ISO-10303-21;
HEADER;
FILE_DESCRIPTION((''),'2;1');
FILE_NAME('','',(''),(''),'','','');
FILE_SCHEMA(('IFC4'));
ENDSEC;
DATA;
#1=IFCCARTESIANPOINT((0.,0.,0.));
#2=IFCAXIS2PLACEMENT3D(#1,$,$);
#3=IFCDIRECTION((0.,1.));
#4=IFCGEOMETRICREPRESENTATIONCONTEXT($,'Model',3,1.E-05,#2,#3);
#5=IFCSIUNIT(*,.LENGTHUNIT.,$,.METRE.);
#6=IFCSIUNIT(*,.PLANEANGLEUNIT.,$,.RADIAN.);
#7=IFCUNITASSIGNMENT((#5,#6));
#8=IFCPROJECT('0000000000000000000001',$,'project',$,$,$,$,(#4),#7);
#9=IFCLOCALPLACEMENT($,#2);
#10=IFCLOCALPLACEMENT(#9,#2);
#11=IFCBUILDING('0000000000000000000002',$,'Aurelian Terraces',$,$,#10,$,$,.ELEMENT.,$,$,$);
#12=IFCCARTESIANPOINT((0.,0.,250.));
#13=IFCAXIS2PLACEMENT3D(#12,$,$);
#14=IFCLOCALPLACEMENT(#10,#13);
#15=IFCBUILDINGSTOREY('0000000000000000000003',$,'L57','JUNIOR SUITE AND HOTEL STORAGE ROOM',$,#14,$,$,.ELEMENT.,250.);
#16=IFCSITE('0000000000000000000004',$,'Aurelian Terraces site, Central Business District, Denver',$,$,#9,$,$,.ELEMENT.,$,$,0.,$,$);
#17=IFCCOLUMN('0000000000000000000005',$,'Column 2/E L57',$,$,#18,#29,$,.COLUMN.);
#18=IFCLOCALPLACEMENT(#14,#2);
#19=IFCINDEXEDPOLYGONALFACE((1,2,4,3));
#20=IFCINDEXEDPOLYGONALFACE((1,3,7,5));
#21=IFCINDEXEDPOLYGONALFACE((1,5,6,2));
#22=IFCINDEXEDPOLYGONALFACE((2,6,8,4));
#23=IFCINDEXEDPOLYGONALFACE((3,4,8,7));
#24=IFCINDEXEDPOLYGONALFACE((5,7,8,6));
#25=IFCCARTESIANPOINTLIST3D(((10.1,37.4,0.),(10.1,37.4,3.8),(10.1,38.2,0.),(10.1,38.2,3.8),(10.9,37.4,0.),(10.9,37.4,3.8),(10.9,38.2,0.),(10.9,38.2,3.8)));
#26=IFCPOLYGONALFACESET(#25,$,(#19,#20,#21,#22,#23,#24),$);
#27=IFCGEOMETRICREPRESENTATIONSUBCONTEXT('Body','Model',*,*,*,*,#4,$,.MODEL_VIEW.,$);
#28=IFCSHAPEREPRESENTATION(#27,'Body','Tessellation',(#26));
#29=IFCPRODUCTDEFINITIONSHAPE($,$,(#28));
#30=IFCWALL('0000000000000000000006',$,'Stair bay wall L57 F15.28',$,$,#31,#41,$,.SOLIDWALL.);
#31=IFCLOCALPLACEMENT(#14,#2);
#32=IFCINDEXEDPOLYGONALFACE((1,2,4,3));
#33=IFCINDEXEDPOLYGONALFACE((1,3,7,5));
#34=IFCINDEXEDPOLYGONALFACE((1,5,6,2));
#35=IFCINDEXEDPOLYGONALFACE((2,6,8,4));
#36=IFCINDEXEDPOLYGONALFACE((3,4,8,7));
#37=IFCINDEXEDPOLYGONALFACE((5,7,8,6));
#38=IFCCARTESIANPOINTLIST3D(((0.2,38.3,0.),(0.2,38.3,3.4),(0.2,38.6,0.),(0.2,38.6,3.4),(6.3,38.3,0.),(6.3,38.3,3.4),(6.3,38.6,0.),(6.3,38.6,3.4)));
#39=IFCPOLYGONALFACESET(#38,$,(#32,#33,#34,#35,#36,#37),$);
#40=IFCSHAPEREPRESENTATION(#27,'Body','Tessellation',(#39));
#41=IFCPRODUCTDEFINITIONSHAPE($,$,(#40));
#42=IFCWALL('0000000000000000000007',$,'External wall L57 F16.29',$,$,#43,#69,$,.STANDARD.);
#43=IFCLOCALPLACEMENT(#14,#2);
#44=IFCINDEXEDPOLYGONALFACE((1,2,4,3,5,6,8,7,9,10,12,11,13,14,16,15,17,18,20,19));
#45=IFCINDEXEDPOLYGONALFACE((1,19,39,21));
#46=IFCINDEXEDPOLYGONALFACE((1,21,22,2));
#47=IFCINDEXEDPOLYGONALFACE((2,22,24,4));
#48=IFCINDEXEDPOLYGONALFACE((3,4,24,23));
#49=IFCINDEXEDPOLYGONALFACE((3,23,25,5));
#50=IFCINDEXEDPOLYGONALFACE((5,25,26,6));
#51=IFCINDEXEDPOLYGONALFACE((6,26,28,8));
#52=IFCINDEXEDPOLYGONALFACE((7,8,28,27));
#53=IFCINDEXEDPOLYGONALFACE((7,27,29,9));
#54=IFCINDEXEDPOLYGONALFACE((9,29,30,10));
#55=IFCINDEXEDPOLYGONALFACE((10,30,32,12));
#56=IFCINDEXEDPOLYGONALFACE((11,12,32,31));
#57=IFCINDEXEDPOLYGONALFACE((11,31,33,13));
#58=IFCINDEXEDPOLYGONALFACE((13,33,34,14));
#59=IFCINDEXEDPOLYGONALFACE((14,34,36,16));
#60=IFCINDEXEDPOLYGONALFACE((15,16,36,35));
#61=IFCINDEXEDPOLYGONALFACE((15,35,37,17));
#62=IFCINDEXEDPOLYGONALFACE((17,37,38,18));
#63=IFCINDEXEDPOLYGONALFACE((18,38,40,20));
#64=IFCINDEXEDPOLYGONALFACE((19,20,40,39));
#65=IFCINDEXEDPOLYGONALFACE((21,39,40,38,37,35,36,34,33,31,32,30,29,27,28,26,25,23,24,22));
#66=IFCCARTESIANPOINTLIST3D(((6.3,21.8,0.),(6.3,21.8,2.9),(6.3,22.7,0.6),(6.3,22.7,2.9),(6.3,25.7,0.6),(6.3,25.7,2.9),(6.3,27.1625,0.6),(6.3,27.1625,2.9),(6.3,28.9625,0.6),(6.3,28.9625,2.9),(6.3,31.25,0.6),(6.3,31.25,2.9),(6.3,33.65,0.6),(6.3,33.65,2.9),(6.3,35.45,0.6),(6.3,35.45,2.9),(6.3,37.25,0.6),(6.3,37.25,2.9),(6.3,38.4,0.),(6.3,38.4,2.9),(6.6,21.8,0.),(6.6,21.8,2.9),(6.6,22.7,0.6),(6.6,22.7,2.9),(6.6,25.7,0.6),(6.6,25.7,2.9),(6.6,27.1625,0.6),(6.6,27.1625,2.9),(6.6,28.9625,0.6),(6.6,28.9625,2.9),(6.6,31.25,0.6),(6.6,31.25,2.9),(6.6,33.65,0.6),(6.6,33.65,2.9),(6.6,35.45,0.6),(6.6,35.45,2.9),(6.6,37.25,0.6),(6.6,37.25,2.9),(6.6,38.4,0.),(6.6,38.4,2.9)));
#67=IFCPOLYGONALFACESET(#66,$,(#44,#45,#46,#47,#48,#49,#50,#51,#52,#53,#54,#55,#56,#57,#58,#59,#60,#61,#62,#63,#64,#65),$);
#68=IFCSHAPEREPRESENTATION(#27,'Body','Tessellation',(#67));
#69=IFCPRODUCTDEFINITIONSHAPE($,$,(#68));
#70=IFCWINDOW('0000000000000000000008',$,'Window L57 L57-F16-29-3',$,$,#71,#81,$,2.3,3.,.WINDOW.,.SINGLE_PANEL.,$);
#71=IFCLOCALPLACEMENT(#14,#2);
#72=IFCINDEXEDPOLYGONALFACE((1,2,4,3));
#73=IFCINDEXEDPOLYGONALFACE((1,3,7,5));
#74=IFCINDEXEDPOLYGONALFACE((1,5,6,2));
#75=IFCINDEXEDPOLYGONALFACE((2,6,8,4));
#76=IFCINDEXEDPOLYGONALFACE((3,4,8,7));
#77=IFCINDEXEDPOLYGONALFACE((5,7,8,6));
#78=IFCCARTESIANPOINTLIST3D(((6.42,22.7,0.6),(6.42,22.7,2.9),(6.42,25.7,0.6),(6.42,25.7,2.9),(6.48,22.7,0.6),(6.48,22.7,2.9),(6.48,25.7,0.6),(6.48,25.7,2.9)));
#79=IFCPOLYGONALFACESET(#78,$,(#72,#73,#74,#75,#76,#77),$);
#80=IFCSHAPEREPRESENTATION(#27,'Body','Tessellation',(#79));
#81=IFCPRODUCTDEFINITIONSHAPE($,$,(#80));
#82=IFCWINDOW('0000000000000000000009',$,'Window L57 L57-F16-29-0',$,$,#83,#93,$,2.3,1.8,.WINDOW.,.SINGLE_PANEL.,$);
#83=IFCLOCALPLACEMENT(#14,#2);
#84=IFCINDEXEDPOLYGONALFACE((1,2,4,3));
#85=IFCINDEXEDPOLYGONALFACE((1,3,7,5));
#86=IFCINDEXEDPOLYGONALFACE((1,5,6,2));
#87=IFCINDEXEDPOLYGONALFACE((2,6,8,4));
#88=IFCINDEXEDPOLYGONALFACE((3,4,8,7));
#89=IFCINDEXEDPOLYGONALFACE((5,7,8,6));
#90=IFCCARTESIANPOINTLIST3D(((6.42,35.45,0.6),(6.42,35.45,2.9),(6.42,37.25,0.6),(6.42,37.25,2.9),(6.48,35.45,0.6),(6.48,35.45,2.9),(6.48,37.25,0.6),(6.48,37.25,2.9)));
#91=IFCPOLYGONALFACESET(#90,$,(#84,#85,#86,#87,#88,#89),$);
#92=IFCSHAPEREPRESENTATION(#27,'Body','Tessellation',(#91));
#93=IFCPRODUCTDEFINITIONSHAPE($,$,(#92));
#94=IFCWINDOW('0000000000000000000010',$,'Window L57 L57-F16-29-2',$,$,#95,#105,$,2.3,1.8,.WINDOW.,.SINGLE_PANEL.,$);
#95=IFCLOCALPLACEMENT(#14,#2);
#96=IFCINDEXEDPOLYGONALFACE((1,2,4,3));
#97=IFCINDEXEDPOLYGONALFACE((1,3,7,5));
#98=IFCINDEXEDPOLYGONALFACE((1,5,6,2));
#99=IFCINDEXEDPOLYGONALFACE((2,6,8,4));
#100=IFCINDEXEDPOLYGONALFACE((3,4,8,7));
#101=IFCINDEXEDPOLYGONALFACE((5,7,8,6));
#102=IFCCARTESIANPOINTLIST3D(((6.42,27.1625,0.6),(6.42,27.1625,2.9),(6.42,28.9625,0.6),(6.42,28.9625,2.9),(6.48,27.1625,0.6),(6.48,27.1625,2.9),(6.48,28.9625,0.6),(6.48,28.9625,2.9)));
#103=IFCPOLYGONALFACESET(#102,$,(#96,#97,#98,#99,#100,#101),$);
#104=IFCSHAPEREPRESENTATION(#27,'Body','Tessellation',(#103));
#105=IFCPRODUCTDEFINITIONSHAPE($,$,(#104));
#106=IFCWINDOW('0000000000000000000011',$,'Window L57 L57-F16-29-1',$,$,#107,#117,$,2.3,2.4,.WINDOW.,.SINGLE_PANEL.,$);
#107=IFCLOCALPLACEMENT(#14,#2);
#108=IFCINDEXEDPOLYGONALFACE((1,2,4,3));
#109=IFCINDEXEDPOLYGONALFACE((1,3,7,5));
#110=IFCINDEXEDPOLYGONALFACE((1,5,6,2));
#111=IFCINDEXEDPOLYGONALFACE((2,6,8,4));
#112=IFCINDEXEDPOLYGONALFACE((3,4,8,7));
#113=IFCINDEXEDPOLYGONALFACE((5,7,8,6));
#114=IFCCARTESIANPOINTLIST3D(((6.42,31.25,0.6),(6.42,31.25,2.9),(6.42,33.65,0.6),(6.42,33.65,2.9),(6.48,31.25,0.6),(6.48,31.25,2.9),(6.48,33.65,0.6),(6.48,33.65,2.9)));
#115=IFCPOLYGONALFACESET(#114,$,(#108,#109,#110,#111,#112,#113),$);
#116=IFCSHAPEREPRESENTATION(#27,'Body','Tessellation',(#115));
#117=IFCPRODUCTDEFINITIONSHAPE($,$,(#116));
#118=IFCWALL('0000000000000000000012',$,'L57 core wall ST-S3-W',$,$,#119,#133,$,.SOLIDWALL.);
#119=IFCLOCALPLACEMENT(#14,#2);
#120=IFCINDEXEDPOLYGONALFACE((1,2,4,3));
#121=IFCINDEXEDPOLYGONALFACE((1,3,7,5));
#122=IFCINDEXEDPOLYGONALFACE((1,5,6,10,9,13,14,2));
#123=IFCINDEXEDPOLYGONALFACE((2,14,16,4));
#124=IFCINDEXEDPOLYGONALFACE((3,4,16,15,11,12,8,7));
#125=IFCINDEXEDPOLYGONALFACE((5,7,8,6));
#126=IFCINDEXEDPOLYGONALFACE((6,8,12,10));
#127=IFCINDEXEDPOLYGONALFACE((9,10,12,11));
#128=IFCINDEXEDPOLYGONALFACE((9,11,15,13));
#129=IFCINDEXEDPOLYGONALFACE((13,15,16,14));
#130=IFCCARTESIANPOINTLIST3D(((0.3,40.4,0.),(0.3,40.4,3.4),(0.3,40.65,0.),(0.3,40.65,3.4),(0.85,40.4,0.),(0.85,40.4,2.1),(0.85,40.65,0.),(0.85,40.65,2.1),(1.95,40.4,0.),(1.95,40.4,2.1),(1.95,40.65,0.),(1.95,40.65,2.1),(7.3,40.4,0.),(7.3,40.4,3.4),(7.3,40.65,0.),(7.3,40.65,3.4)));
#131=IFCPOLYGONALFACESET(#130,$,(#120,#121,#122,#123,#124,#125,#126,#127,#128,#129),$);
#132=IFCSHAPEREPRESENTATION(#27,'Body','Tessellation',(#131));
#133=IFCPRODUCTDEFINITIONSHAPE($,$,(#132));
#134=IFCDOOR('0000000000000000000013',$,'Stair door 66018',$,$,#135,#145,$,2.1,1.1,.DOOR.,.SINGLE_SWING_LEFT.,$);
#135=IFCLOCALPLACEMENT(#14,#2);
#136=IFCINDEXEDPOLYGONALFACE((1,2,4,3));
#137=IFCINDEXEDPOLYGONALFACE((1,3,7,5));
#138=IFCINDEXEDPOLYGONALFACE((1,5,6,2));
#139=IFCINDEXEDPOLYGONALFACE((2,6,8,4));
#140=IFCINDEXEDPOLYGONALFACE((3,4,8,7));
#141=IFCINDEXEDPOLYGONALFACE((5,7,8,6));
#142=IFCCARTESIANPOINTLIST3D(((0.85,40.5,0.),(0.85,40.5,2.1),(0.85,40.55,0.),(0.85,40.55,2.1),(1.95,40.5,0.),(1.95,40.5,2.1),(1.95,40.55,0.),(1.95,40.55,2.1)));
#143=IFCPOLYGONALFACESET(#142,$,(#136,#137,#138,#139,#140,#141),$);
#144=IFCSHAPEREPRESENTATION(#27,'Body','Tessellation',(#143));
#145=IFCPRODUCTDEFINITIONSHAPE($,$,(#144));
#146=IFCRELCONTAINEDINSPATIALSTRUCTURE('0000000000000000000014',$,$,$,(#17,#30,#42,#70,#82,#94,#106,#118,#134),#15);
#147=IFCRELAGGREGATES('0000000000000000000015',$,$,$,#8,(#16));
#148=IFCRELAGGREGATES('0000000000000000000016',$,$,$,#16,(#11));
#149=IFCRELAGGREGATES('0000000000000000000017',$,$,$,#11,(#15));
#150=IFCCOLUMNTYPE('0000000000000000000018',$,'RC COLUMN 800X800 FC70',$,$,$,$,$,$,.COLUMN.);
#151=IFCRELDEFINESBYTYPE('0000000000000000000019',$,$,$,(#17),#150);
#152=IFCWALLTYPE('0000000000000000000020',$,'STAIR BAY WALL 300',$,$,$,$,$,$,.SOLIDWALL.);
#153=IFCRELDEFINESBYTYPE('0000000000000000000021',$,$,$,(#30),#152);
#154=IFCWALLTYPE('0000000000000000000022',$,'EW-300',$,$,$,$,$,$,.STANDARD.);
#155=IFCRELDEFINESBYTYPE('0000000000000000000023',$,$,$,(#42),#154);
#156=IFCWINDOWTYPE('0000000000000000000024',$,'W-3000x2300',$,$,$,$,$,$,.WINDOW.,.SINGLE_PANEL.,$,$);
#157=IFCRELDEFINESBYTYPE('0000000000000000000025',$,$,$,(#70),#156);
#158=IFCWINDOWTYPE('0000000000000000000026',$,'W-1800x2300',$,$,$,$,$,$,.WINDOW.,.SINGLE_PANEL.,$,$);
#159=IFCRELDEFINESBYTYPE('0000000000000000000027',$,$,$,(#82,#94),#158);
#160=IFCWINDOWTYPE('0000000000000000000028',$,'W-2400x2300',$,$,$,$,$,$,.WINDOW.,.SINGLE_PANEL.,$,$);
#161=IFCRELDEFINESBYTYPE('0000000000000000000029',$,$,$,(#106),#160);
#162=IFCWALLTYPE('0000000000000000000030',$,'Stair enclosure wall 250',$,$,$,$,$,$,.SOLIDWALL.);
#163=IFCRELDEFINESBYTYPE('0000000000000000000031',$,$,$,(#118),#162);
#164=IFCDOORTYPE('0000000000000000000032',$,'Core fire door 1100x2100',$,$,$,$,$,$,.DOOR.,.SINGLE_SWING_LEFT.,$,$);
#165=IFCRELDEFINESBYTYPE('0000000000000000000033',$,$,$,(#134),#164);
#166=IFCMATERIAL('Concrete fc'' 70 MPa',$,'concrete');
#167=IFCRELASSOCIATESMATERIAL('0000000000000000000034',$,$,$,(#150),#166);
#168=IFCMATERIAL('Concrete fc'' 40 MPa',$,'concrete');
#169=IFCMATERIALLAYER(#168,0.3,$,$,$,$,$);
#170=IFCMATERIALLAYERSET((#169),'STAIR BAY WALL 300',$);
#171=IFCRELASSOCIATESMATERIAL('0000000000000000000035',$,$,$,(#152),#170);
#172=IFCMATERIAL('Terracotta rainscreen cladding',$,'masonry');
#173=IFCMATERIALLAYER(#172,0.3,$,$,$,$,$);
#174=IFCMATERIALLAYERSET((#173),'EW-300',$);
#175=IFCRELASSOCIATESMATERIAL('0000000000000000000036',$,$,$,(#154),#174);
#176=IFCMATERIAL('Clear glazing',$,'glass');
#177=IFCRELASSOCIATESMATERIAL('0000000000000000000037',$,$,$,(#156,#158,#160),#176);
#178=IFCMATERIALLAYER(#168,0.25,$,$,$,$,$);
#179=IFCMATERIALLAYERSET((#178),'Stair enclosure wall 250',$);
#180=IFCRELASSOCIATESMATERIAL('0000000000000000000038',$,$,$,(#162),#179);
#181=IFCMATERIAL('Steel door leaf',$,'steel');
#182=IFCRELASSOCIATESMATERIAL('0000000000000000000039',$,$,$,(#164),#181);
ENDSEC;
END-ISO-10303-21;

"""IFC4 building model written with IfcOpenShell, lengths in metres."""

from ifc_helpers import new_model, si_unit, direction, frame, frame_2d, origin, origin_2d, place, context, subcontext, project, spatial, rectangle, extrude, source, transform, mapped, material, layer, layer_set, material_profile, profile_set, type_object, element, fill, save


model = new_model("IFC4")

# Units and contexts
model_context = context("Model", 3, precision=1e-05, world=origin(), true_north=direction((0.0, 1.0)))
body_context = subcontext(model_context, "Body", "Model", "MODEL_VIEW")
ifc_project = project(units=[si_unit("LENGTHUNIT", "METRE"), si_unit("PLANEANGLEUNIT", "RADIAN")], contexts=[model_context])

# Site, building, storey
site_placement = place(None, origin())
site = spatial("IfcSite", under=ifc_project, at=site_placement, Name="Aurelian Terraces site, Central Business District, Denver", CompositionType="ELEMENT", RefElevation=0.0)
building_placement = place(site_placement, origin())
building = spatial("IfcBuilding", under=site, at=building_placement, Name="Aurelian Terraces", CompositionType="ELEMENT")
storey_placement = place(building_placement, frame((0.0, 0.0, 250.0)))
storey = spatial("IfcBuildingStorey", under=building, at=storey_placement, Name="L57", Description="JUNIOR SUITE AND HOTEL STORAGE ROOM", CompositionType="ELEMENT", Elevation=250.0)

# Column
ifc_material_1 = material(Name="Concrete fc' 70 MPa", Category="concrete")
ifc_material_profile = material_profile(ifc_material_1, rectangle(XDim=0.8, YDim=0.8, at=origin_2d()))
ifc_profile_set = profile_set([ifc_material_profile], Name="Concrete fc' 70 MPa")
column_type = type_object("IfcColumnType", Name="RC COLUMN 800X800 FC70", PredefinedType="COLUMN", material=ifc_profile_set)
shared_shape_1 = source(origin(), body_context, "Body", "SweptSolid", [
    extrude(rectangle(XDim=0.8, YDim=0.8, at=origin_2d()), origin(), (0.0, 0.0, 1.0), 3.8),
])
column_placement = place(storey_placement, frame((10.5, 37.8, 0.0), z_axis=(0.0, 0.0, 1.0), x_axis=(1.0, 0.0, 0.0)))
element("IfcColumn", 1, at=column_placement, inside=storey, type_object=column_type, Name="Column 2/E L57", PredefinedType="COLUMN", context=body_context, shape_type="MappedRepresentation", body=[
    mapped(shared_shape_1, transform((0.0, 0.0, 0.0), scale=1.0)),
])

# Wall
ifc_material_2 = material(Name="Concrete fc' 40 MPa", Category="concrete")
ifc_layer_1 = layer(ifc_material_2, 0.3)
ifc_layer_set_1 = layer_set([ifc_layer_1], Name="STAIR BAY WALL 300")
wall_type_1 = type_object("IfcWallType", Name="STAIR BAY WALL 300", PredefinedType="SOLIDWALL", material=ifc_layer_set_1)
shared_shape_2 = source(origin(), body_context, "Body", "SweptSolid", [
    extrude(rectangle(XDim=6.1, YDim=0.3, at=frame_2d((3.05, 0.0))), origin(), (0.0, 0.0, 1.0), 3.4),
])
wall_1_placement = place(storey_placement, frame((0.2, 38.45, 0.0), z_axis=(0.0, 0.0, 1.0), x_axis=(1.0, 0.0, 0.0)))
element("IfcWall", 2, at=wall_1_placement, inside=storey, type_object=wall_type_1, Name="Stair bay wall L57 F15.28", PredefinedType="SOLIDWALL", context=body_context, shape_type="MappedRepresentation", body=[
    mapped(shared_shape_2, transform((0.0, 0.0, 0.0), scale=1.0)),
])

# Wall, openings, windows
ifc_material_3 = material(Name="Terracotta rainscreen cladding", Category="masonry")
ifc_layer_2 = layer(ifc_material_3, 0.3)
ifc_layer_set_2 = layer_set([ifc_layer_2], Name="EW-300")
wall_type_2 = type_object("IfcWallType", Name="EW-300", PredefinedType="STANDARD", material=ifc_layer_set_2)
shared_shape_3 = source(origin(), body_context, "Body", "SweptSolid", [
    extrude(rectangle(XDim=16.6, YDim=0.3, at=frame_2d((8.3, 0.0))), origin(), (0.0, 0.0, 1.0), 2.9),
])
wall_2_placement = place(storey_placement, frame((6.45, 38.4, 0.0), z_axis=(0.0, 0.0, 1.0), x_axis=(0.0, -1.0, 0.0)))
wall_2 = element("IfcWall", 3, at=wall_2_placement, inside=storey, type_object=wall_type_2, Name="External wall L57 F16.29", PredefinedType="STANDARD", context=body_context, shape_type="MappedRepresentation", body=[
    mapped(shared_shape_3, transform((0.0, 0.0, 0.0), scale=1.0)),
])
shared_shape_4 = source(origin(), body_context, "Body", "SweptSolid", [
    extrude(rectangle(XDim=1.8, YDim=2.3, at=frame_2d((0.9, 1.15))), frame((0.0, 0.16, 0.0), z_axis=(0.0, -1.0, 0.0), x_axis=(1.0, 0.0, 0.0)), (0.0, 0.0, 1.0), 0.32),
])
opening_1_placement = place(wall_2_placement, frame((1.15, 0.0, 0.6)))
opening_1 = element("IfcOpeningElement", 4, at=opening_1_placement, cuts=wall_2, PredefinedType="OPENING", context=body_context, shape_type="MappedRepresentation", body=[
    mapped(shared_shape_4, transform((0.0, 0.0, 0.0), scale=1.0)),
])
shared_shape_5 = source(origin(), body_context, "Body", "SweptSolid", [
    extrude(rectangle(XDim=2.4, YDim=2.3, at=frame_2d((1.2, 1.15))), frame((0.0, 0.16, 0.0), z_axis=(0.0, -1.0, 0.0), x_axis=(1.0, 0.0, 0.0)), (0.0, 0.0, 1.0), 0.32),
])
opening_2_placement = place(wall_2_placement, frame((4.75, 0.0, 0.6)))
opening_2 = element("IfcOpeningElement", 5, at=opening_2_placement, cuts=wall_2, PredefinedType="OPENING", context=body_context, shape_type="MappedRepresentation", body=[
    mapped(shared_shape_5, transform((0.0, 0.0, 0.0), scale=1.0)),
])
opening_3_placement = place(wall_2_placement, frame((9.4375, 0.0, 0.6)))
opening_3 = element("IfcOpeningElement", 6, at=opening_3_placement, cuts=wall_2, PredefinedType="OPENING", context=body_context, shape_type="MappedRepresentation", body=[
    mapped(shared_shape_4, transform((0.0, 0.0, 0.0), scale=1.0)),
])
shared_shape_6 = source(origin(), body_context, "Body", "SweptSolid", [
    extrude(rectangle(XDim=3.0, YDim=2.3, at=frame_2d((1.5, 1.15))), frame((0.0, 0.16, 0.0), z_axis=(0.0, -1.0, 0.0), x_axis=(1.0, 0.0, 0.0)), (0.0, 0.0, 1.0), 0.32),
])
opening_4_placement = place(wall_2_placement, frame((12.7, 0.0, 0.6)))
opening_4 = element("IfcOpeningElement", 7, at=opening_4_placement, cuts=wall_2, PredefinedType="OPENING", context=body_context, shape_type="MappedRepresentation", body=[
    mapped(shared_shape_6, transform((0.0, 0.0, 0.0), scale=1.0)),
])
ifc_material_4 = material(Name="Clear glazing", Category="glass")
window_type_1 = type_object("IfcWindowType", Name="W-3000x2300", PartitioningType="SINGLE_PANEL", PredefinedType="WINDOW", material=ifc_material_4)
shared_shape_7 = source(origin(), body_context, "Body", "SweptSolid", [
    extrude(rectangle(XDim=3.0, YDim=2.3, at=frame_2d((1.5, 1.15))), frame((0.0, 0.03, 0.0), z_axis=(0.0, -1.0, 0.0), x_axis=(1.0, 0.0, 0.0)), (0.0, 0.0, 1.0), 0.06),
])
window_1_placement = place(opening_4_placement, origin())
window_1 = element("IfcWindow", 8, at=window_1_placement, inside=storey, type_object=window_type_1, Name="Window L57 L57-F16-29-3", OverallHeight=2.3, OverallWidth=3.0, PartitioningType="SINGLE_PANEL", PredefinedType="WINDOW", context=body_context, shape_type="MappedRepresentation", body=[
    mapped(shared_shape_7, transform((0.0, 0.0, 0.0), scale=1.0)),
])
fill(opening_4, window_1)
window_type_2 = type_object("IfcWindowType", Name="W-1800x2300", PartitioningType="SINGLE_PANEL", PredefinedType="WINDOW", material=ifc_material_4)
shared_shape_8 = source(origin(), body_context, "Body", "SweptSolid", [
    extrude(rectangle(XDim=1.8, YDim=2.3, at=frame_2d((0.9, 1.15))), frame((0.0, 0.03, 0.0), z_axis=(0.0, -1.0, 0.0), x_axis=(1.0, 0.0, 0.0)), (0.0, 0.0, 1.0), 0.06),
])
window_2_placement = place(opening_1_placement, origin())
window_2 = element("IfcWindow", 9, at=window_2_placement, inside=storey, type_object=window_type_2, Name="Window L57 L57-F16-29-0", OverallHeight=2.3, OverallWidth=1.8, PartitioningType="SINGLE_PANEL", PredefinedType="WINDOW", context=body_context, shape_type="MappedRepresentation", body=[
    mapped(shared_shape_8, transform((0.0, 0.0, 0.0), scale=1.0)),
])
fill(opening_1, window_2)
window_3_placement = place(opening_3_placement, origin())
window_3 = element("IfcWindow", 10, at=window_3_placement, inside=storey, type_object=window_type_2, Name="Window L57 L57-F16-29-2", OverallHeight=2.3, OverallWidth=1.8, PartitioningType="SINGLE_PANEL", PredefinedType="WINDOW", context=body_context, shape_type="MappedRepresentation", body=[
    mapped(shared_shape_8, transform((0.0, 0.0, 0.0), scale=1.0)),
])
fill(opening_3, window_3)
window_type_3 = type_object("IfcWindowType", Name="W-2400x2300", PartitioningType="SINGLE_PANEL", PredefinedType="WINDOW", material=ifc_material_4)
shared_shape_9 = source(origin(), body_context, "Body", "SweptSolid", [
    extrude(rectangle(XDim=2.4, YDim=2.3, at=frame_2d((1.2, 1.15))), frame((0.0, 0.03, 0.0), z_axis=(0.0, -1.0, 0.0), x_axis=(1.0, 0.0, 0.0)), (0.0, 0.0, 1.0), 0.06),
])
window_4_placement = place(opening_2_placement, origin())
window_4 = element("IfcWindow", 11, at=window_4_placement, inside=storey, type_object=window_type_3, Name="Window L57 L57-F16-29-1", OverallHeight=2.3, OverallWidth=2.4, PartitioningType="SINGLE_PANEL", PredefinedType="WINDOW", context=body_context, shape_type="MappedRepresentation", body=[
    mapped(shared_shape_9, transform((0.0, 0.0, 0.0), scale=1.0)),
])
fill(opening_2, window_4)

# Wall, opening, door
ifc_layer_3 = layer(ifc_material_2, 0.25)
ifc_layer_set_3 = layer_set([ifc_layer_3], Name="Stair enclosure wall 250")
wall_type_3 = type_object("IfcWallType", Name="Stair enclosure wall 250", PredefinedType="SOLIDWALL", material=ifc_layer_set_3)
shared_shape_10 = source(origin(), body_context, "Body", "SweptSolid", [
    extrude(rectangle(XDim=7.0, YDim=0.25, at=frame_2d((3.5, 0.0))), origin(), (0.0, 0.0, 1.0), 3.4),
])
wall_3_placement = place(storey_placement, frame((0.3, 40.525, 0.0), z_axis=(0.0, 0.0, 1.0), x_axis=(1.0, 0.0, 0.0)))
wall_3 = element("IfcWall", 12, at=wall_3_placement, inside=storey, type_object=wall_type_3, Name="L57 core wall ST-S3-W", PredefinedType="SOLIDWALL", context=body_context, shape_type="MappedRepresentation", body=[
    mapped(shared_shape_10, transform((0.0, 0.0, 0.0), scale=1.0)),
])
shared_shape_11 = source(origin(), body_context, "Body", "SweptSolid", [
    extrude(rectangle(XDim=1.1, YDim=2.1, at=frame_2d((0.55, 1.05))), frame((0.0, 0.135, 0.0), z_axis=(0.0, -1.0, 0.0), x_axis=(1.0, 0.0, 0.0)), (0.0, 0.0, 1.0), 0.27),
])
opening_5_placement = place(wall_3_placement, frame((0.55, 0.0, 0.0)))
opening_5 = element("IfcOpeningElement", 13, at=opening_5_placement, cuts=wall_3, PredefinedType="OPENING", context=body_context, shape_type="MappedRepresentation", body=[
    mapped(shared_shape_11, transform((0.0, 0.0, 0.0), scale=1.0)),
])
ifc_material_5 = material(Name="Steel door leaf", Category="steel")
door_type_1 = type_object("IfcDoorType", Name="Core fire door 1100x2100", OperationType="SINGLE_SWING_LEFT", PredefinedType="DOOR", material=ifc_material_5)
shared_shape_12 = source(origin(), body_context, "Body", "SweptSolid", [
    extrude(rectangle(XDim=1.1, YDim=2.1, at=frame_2d((0.55, 1.05))), frame((0.0, 0.025, 0.0), z_axis=(0.0, -1.0, 0.0), x_axis=(1.0, 0.0, 0.0)), (0.0, 0.0, 1.0), 0.05),
])
door_1_placement = place(opening_5_placement, origin())
door_1 = element("IfcDoor", 14, at=door_1_placement, inside=storey, type_object=door_type_1, Name="Stair door 66018", OperationType="SINGLE_SWING_LEFT", OverallHeight=2.1, OverallWidth=1.1, PredefinedType="DOOR", context=body_context, shape_type="MappedRepresentation", body=[
    mapped(shared_shape_12, transform((0.0, 0.0, 0.0), scale=1.0)),
])
fill(opening_5, door_1)

save(model, "model.ifc")
